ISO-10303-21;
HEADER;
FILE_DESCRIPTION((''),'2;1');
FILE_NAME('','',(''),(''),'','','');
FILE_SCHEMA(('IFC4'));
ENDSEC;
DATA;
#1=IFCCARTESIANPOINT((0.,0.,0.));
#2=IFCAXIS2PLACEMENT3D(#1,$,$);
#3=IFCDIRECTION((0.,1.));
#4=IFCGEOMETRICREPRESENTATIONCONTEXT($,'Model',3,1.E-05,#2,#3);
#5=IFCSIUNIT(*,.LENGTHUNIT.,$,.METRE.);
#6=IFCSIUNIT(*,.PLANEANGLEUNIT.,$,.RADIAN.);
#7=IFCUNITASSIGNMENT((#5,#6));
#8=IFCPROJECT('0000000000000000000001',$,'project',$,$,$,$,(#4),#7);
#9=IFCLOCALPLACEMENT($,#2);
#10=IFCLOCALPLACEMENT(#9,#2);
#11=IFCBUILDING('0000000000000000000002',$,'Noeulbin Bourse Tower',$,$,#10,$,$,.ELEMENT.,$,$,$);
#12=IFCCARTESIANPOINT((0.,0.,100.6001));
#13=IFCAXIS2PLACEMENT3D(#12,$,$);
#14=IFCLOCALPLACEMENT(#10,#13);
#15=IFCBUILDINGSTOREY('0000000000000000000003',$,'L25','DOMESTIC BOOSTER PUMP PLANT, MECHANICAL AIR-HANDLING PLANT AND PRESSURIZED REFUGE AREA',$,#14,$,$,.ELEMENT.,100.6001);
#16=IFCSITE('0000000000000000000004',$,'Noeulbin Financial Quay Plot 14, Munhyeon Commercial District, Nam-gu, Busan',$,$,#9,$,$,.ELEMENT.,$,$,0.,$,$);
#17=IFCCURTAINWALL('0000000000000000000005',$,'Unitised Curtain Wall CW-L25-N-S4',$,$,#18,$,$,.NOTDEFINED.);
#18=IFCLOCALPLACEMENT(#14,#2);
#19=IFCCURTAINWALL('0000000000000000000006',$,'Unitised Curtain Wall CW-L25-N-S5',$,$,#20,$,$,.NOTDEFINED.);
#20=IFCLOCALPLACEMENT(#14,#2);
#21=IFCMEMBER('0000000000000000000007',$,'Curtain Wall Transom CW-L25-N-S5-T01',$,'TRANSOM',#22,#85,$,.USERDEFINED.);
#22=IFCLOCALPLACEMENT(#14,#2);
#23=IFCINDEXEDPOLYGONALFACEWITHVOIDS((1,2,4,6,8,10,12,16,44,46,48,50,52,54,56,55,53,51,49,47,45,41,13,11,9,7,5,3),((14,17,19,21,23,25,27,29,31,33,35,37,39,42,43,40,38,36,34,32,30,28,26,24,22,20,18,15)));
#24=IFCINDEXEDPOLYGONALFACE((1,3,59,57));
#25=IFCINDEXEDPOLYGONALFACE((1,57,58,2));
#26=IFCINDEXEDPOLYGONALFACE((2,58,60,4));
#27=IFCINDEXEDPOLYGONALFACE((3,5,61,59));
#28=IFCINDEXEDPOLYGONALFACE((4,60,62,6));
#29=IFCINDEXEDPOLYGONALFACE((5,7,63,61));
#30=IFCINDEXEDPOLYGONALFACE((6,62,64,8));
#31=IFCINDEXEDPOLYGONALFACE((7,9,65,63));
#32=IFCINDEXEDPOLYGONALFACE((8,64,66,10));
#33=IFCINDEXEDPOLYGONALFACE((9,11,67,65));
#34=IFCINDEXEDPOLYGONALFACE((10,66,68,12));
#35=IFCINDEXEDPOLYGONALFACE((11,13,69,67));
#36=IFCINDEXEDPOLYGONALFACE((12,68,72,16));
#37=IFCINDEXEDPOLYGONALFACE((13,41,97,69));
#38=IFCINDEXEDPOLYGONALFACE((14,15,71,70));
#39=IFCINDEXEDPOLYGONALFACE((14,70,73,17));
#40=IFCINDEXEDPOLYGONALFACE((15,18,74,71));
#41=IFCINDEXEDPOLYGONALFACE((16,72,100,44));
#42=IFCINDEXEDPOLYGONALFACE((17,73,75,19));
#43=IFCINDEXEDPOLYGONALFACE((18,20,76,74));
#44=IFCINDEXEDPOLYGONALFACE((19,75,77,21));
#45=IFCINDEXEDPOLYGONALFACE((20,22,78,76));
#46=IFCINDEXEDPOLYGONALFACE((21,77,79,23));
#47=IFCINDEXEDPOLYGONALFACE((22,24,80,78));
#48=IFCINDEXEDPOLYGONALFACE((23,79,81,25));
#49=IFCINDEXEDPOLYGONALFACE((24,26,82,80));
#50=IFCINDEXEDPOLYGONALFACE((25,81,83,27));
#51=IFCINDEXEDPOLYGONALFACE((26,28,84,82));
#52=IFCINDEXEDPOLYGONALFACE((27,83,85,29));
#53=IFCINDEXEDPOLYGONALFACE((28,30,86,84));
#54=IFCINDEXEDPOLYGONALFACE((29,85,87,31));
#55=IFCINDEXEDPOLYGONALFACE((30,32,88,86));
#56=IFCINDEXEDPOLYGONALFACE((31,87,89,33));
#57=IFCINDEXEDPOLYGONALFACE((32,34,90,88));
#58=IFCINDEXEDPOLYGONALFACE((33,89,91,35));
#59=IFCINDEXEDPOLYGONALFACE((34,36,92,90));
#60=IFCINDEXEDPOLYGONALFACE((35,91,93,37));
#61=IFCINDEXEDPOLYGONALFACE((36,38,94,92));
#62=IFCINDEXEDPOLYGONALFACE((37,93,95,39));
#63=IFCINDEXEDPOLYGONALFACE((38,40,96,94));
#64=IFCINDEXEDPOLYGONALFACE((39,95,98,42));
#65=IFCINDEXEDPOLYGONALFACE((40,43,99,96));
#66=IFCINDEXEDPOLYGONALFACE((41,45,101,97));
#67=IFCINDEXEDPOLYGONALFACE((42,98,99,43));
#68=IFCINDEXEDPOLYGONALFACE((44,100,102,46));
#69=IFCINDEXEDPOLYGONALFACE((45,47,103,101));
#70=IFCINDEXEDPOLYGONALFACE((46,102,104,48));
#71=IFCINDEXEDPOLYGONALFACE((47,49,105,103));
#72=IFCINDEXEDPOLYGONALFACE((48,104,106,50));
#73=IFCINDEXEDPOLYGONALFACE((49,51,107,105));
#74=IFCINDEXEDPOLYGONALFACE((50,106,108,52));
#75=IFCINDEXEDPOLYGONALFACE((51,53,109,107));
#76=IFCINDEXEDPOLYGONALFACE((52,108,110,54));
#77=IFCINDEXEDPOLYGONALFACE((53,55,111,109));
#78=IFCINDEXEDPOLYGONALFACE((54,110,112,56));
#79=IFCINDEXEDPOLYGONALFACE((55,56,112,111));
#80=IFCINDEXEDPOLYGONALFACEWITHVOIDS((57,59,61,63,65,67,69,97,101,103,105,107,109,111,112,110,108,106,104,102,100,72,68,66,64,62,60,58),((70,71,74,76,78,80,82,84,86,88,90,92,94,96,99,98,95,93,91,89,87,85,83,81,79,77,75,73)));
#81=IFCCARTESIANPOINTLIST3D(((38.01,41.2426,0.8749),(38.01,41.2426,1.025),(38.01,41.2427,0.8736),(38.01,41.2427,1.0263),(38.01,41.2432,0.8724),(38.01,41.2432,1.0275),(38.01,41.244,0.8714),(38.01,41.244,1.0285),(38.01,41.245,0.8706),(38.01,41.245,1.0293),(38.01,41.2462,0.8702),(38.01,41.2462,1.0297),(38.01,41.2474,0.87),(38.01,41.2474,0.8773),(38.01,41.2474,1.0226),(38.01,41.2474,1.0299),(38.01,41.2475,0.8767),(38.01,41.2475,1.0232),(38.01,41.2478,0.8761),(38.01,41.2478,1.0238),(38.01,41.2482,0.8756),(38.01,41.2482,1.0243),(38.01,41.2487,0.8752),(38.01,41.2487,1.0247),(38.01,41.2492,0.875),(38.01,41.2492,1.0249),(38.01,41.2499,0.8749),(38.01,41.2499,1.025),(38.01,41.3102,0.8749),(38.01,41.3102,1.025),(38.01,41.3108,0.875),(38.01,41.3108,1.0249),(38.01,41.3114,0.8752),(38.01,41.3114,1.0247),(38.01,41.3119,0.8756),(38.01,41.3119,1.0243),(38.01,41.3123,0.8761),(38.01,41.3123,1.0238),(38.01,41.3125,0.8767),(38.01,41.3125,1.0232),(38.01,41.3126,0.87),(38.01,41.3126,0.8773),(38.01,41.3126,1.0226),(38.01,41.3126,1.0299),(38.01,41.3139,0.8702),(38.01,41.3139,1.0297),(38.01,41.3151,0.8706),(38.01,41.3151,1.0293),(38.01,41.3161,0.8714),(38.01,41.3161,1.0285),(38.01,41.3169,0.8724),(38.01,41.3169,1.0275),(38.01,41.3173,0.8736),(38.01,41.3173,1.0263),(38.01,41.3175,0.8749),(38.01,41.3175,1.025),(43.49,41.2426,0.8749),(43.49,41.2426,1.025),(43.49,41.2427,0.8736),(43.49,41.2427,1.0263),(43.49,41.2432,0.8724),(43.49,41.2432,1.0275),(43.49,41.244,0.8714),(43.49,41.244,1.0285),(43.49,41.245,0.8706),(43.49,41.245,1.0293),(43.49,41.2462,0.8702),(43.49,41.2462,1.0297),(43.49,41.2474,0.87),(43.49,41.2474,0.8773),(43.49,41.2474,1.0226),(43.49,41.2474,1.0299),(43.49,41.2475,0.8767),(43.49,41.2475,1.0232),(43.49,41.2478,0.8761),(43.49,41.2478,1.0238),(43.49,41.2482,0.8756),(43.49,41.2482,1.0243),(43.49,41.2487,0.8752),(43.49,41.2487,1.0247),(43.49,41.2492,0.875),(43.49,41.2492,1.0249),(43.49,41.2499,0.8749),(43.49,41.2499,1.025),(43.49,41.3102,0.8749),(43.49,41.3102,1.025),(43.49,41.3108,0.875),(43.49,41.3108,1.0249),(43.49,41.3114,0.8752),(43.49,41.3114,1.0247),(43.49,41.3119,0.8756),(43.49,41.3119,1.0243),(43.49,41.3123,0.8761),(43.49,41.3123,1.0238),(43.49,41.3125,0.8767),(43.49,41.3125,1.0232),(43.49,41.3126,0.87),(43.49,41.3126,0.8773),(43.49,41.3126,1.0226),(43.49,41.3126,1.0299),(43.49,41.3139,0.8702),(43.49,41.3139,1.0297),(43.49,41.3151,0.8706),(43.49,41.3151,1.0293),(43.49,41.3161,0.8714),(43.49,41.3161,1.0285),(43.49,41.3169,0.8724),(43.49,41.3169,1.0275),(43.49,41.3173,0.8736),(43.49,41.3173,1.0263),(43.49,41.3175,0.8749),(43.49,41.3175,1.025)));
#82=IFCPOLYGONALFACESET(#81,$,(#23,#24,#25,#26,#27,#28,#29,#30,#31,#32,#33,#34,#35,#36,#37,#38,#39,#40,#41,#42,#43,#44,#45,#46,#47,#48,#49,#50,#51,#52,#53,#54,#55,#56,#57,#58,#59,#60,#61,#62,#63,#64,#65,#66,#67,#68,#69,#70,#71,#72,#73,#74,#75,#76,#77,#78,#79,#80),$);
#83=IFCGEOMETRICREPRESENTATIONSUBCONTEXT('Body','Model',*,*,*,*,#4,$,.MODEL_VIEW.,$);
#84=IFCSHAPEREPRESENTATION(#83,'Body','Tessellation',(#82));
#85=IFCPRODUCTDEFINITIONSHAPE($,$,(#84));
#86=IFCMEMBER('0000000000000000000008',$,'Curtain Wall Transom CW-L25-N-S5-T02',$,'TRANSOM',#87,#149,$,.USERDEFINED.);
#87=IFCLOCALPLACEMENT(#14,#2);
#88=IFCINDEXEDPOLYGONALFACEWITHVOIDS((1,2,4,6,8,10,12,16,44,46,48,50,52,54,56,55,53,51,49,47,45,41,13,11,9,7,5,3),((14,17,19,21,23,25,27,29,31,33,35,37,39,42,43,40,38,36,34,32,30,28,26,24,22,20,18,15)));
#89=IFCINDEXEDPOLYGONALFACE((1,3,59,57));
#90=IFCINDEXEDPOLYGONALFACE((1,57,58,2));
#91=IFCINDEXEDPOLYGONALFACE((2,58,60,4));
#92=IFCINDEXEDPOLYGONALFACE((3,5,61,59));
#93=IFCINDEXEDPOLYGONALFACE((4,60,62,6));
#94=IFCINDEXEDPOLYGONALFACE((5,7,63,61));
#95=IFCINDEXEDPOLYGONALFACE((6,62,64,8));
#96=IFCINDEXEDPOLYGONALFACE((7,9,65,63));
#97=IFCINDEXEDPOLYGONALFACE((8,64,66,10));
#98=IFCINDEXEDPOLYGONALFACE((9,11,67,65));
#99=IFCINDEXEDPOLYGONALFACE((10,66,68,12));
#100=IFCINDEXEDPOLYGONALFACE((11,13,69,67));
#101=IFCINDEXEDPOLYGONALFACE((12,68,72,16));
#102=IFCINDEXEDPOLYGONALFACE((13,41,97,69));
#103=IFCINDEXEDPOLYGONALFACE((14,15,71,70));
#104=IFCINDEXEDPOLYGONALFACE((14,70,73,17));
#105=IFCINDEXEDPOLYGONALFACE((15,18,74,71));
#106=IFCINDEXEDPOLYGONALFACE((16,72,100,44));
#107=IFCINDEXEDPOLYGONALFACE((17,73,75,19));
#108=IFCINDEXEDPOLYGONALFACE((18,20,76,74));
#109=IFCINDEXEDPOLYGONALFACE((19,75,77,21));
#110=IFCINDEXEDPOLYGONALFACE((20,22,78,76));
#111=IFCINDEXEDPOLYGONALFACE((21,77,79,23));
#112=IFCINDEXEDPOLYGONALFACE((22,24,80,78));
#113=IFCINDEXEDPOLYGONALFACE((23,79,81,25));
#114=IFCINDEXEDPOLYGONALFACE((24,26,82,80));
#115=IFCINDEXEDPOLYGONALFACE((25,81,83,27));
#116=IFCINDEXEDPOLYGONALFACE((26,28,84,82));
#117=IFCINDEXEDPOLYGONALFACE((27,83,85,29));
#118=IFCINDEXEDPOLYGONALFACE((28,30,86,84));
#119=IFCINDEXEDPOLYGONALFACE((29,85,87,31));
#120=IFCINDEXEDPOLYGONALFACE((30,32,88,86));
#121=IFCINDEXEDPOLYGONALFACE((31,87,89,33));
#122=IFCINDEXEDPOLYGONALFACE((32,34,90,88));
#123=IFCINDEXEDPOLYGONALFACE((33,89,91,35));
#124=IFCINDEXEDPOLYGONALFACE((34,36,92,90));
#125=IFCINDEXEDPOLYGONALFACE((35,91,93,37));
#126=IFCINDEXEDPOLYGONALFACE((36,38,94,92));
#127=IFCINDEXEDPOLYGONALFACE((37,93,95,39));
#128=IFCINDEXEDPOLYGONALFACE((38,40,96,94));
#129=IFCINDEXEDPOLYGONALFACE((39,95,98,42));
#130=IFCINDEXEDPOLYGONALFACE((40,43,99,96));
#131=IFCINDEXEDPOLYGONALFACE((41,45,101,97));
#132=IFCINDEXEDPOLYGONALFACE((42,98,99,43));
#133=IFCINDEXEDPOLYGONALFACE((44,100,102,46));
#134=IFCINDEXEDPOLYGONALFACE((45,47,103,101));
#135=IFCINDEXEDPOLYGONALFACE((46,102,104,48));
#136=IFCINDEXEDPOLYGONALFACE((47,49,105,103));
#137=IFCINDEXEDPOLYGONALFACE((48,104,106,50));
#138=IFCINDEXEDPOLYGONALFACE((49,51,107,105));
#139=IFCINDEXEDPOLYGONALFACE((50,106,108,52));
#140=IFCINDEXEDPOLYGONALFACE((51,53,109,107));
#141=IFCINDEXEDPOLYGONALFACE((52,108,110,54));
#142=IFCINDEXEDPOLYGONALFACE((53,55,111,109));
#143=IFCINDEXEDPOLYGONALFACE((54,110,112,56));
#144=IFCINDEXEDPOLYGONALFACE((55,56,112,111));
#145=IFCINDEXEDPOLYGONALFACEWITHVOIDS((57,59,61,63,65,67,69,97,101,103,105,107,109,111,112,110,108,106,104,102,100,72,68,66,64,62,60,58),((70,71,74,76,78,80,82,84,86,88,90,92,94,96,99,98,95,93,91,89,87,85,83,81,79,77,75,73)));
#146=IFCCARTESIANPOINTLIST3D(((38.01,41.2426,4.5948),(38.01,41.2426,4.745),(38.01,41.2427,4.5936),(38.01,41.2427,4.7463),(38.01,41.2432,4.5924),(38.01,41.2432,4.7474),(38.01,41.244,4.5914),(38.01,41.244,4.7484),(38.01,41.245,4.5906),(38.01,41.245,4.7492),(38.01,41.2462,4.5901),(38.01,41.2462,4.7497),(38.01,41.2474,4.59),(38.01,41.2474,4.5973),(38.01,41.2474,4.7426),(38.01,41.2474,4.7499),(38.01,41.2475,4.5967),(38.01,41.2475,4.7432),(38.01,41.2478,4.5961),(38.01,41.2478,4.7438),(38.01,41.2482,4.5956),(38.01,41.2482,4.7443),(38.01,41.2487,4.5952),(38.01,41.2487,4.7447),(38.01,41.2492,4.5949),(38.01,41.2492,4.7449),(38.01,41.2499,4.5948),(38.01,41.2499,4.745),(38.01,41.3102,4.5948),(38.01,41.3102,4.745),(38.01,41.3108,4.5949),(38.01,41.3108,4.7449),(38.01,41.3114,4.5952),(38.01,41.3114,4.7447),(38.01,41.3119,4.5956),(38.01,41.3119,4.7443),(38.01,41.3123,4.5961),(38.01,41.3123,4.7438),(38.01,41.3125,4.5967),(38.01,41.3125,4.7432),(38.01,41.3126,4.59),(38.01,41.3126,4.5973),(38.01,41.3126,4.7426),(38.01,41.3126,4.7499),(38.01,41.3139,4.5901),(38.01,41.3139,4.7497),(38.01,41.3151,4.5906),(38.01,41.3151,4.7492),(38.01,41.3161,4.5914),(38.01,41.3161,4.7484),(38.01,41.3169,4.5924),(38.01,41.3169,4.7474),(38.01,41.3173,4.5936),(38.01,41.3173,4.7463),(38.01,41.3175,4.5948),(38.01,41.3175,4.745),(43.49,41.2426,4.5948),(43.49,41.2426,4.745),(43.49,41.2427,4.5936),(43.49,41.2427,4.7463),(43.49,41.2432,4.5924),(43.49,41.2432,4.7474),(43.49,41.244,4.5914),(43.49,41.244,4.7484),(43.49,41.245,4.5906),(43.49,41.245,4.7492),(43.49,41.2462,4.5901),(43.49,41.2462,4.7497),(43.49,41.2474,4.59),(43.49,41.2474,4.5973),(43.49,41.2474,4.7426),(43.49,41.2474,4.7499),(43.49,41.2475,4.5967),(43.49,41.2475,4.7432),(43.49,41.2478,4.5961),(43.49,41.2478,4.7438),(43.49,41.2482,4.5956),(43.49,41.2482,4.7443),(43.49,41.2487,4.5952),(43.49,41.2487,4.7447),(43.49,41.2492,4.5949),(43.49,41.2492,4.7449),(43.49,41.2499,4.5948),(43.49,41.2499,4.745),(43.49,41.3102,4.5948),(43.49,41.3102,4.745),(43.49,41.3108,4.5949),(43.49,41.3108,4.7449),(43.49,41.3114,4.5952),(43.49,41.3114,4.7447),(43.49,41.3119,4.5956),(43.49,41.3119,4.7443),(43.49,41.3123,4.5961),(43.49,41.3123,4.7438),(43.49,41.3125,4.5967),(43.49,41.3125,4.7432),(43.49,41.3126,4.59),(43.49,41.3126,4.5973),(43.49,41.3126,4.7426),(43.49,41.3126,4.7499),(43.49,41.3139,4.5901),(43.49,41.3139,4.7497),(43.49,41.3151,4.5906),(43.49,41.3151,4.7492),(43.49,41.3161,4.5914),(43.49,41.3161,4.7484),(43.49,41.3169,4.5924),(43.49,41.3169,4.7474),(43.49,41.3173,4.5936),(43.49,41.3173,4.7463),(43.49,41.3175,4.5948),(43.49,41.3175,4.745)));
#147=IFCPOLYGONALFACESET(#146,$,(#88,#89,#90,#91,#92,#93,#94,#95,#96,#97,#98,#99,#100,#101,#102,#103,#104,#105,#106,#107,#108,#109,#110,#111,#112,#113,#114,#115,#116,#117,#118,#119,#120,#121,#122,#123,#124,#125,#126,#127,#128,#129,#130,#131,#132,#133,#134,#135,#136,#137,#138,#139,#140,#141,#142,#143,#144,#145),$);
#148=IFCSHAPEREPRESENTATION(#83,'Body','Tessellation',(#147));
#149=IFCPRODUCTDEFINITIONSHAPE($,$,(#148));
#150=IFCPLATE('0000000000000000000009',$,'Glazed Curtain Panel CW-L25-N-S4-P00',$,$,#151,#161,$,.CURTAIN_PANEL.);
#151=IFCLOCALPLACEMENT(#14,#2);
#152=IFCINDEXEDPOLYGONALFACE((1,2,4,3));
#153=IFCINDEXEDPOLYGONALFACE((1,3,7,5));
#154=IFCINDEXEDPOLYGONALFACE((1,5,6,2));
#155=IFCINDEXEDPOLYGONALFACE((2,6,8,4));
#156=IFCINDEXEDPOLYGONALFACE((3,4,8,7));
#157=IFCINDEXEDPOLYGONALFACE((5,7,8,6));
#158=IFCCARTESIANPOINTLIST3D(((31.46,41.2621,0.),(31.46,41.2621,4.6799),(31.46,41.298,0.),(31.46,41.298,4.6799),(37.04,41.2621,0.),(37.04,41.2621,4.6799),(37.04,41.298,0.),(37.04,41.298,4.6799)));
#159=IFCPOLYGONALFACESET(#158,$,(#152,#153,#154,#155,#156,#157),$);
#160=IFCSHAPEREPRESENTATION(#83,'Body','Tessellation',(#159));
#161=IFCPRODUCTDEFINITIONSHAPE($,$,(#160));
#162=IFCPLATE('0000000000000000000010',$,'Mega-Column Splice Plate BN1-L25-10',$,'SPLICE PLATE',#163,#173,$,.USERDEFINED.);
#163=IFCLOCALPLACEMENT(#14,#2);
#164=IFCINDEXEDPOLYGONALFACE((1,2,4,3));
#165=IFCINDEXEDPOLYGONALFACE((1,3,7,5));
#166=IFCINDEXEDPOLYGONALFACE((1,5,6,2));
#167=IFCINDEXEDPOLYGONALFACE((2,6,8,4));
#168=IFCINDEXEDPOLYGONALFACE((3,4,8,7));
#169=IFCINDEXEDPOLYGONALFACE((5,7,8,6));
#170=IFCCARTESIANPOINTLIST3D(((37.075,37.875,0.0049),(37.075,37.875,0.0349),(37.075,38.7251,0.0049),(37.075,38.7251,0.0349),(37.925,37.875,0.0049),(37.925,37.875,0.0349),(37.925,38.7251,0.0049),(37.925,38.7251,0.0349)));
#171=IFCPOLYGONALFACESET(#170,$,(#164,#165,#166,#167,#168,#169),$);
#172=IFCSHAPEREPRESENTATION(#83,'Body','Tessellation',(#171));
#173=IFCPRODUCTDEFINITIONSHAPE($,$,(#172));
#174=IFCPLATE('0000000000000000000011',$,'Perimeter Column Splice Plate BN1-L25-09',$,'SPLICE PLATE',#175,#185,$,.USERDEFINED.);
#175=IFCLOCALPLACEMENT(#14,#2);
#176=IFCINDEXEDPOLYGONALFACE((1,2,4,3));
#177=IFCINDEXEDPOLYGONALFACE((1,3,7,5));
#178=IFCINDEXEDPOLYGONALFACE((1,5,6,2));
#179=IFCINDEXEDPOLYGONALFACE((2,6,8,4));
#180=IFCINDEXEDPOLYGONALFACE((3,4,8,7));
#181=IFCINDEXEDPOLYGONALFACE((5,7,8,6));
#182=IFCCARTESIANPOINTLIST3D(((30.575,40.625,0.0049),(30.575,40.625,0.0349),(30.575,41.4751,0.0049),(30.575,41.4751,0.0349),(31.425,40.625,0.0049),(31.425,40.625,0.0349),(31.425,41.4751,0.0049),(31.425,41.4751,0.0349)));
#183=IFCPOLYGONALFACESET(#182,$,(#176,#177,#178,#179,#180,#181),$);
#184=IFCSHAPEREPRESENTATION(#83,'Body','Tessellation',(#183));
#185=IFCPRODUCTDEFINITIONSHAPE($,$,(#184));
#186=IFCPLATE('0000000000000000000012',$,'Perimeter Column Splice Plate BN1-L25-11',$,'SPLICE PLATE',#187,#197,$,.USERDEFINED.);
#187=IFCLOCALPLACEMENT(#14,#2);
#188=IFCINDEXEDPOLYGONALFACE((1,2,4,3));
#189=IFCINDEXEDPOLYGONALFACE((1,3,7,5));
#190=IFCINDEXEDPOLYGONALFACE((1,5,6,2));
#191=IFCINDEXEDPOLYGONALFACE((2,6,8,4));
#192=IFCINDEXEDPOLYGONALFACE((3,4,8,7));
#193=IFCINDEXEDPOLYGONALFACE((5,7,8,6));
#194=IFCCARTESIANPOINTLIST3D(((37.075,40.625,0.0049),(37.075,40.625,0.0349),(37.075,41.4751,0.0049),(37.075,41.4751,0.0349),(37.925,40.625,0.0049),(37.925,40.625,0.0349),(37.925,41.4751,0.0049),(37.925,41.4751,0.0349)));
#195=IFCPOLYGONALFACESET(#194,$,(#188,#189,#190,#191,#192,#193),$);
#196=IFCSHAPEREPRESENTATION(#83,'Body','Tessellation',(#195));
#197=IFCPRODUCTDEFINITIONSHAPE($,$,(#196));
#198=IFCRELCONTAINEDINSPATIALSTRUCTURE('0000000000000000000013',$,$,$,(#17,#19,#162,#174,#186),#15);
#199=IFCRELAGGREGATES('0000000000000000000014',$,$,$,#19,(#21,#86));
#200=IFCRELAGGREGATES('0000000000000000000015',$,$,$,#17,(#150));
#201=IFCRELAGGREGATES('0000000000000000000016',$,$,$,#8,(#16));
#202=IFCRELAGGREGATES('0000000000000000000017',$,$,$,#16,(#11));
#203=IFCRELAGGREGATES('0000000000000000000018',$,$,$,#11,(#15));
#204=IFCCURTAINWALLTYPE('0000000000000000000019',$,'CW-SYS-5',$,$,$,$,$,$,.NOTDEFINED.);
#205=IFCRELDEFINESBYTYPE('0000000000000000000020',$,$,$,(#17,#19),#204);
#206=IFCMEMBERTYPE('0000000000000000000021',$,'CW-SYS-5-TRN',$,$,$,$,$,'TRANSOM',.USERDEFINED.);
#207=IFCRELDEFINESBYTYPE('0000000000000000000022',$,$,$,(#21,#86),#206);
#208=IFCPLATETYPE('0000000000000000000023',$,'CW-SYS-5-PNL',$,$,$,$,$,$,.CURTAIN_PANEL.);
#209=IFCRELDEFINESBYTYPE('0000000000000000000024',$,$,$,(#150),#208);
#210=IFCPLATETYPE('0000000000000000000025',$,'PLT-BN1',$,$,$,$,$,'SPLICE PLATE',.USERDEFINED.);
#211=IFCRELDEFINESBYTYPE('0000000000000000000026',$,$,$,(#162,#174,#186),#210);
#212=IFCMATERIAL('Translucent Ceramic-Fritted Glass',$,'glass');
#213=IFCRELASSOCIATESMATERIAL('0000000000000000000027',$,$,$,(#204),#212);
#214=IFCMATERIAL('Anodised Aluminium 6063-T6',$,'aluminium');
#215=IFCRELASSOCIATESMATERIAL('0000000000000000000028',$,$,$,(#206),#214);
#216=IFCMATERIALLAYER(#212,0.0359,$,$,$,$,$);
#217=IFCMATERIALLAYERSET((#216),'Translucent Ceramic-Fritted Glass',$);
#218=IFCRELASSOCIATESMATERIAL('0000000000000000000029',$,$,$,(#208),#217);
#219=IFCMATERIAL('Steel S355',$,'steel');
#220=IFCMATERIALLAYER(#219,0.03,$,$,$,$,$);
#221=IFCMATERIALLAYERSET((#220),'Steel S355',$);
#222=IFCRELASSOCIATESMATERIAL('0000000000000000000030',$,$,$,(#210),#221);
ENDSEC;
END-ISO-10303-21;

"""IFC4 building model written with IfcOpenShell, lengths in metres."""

from ifc_helpers import new_model, si_unit, direction, frame, origin, origin_2d, place, context, subcontext, project, spatial, rectangle, hollow_rectangle, extrude, material, layer, layer_set, material_profile, profile_set, type_object, element, aggregate, save


model = new_model("IFC4")

# Units and contexts
model_context = context("Model", 3, precision=1e-05, world=origin(), true_north=direction((0.0, 1.0)))
body_context = subcontext(model_context, "Body", "Model", "MODEL_VIEW")
ifc_project = project(units=[si_unit("LENGTHUNIT", "METRE"), si_unit("PLANEANGLEUNIT", "RADIAN")], contexts=[model_context])

# Site, building, storey
site_placement = place(None, origin())
site = spatial("IfcSite", under=ifc_project, at=site_placement, Name="Noeulbin Financial Quay Plot 14, Munhyeon Commercial District, Nam-gu, Busan", CompositionType="ELEMENT", RefElevation=0.0)
building_placement = place(site_placement, origin())
building = spatial("IfcBuilding", under=site, at=building_placement, Name="Noeulbin Bourse Tower", CompositionType="ELEMENT")
storey_placement = place(building_placement, frame((0.0, 0.0, 100.6001)))
storey = spatial("IfcBuildingStorey", under=building, at=storey_placement, Name="L25", Description="DOMESTIC BOOSTER PUMP PLANT, MECHANICAL AIR-HANDLING PLANT AND PRESSURIZED REFUGE AREA", CompositionType="ELEMENT", Elevation=100.6001)

# Shared definitions
ifc_material_1 = material(Name="Steel S355", Category="steel")

# Shared definitions
ifc_material_2 = material(Name="Translucent Ceramic-Fritted Glass", Category="glass")
curtain_wall_type = type_object("IfcCurtainWallType", Name="CW-SYS-5", PredefinedType="NOTDEFINED", material=ifc_material_2)
ifc_material_3 = material(Name="Anodised Aluminium 6063-T6", Category="aluminium")

# Curtain wall
curtain_wall_1_placement = place(storey_placement, origin())
curtain_wall_1 = element("IfcCurtainWall", 1, at=curtain_wall_1_placement, inside=storey, type_object=curtain_wall_type, Name="Unitised Curtain Wall CW-L25-N-S4", PredefinedType="NOTDEFINED")

# Curtain wall
curtain_wall_2_placement = place(storey_placement, origin())
curtain_wall_2 = element("IfcCurtainWall", 2, at=curtain_wall_2_placement, inside=storey, type_object=curtain_wall_type, Name="Unitised Curtain Wall CW-L25-N-S5", PredefinedType="NOTDEFINED")

# Members
ifc_material_profile_1 = material_profile(ifc_material_3, hollow_rectangle(XDim=0.075, YDim=0.1599, WallThickness=0.0049, InnerFilletRadius=0.0024, OuterFilletRadius=0.0049, at=origin_2d()), Name="ALU-TRAN-75x160x5", Category="LoadBearing")
ifc_profile_set_1 = profile_set([ifc_material_profile_1], Name="Anodised Aluminium 6063-T6")
member_type_1 = type_object("IfcMemberType", Name="CW-SYS-5-TRN", ElementType="TRANSOM", PredefinedType="USERDEFINED", material=ifc_profile_set_1)
member_1_placement = place(storey_placement, frame((38.01, 41.28, 0.95), z_axis=(1.0, 0.0, 0.0), x_axis=(0.0, 1.0, 0.0)))
member_1 = element("IfcMember", 3, at=member_1_placement, type_object=member_type_1, Name="Curtain Wall Transom CW-L25-N-S5-T01", ObjectType="TRANSOM", PredefinedType="USERDEFINED", context=body_context, shape_type="SweptSolid", body=[
    extrude(hollow_rectangle(XDim=0.075, YDim=0.1599, WallThickness=0.0049, InnerFilletRadius=0.0024, OuterFilletRadius=0.0049, at=origin_2d()), origin(), (0.0, 0.0, 1.0), 5.48),
])
member_2_placement = place(storey_placement, frame((38.01, 41.28, 4.6699), z_axis=(1.0, 0.0, 0.0), x_axis=(0.0, 1.0, 0.0)))
member_2 = element("IfcMember", 4, at=member_2_placement, type_object=member_type_1, Name="Curtain Wall Transom CW-L25-N-S5-T02", ObjectType="TRANSOM", PredefinedType="USERDEFINED", context=body_context, shape_type="SweptSolid", body=[
    extrude(hollow_rectangle(XDim=0.075, YDim=0.1599, WallThickness=0.0049, InnerFilletRadius=0.0024, OuterFilletRadius=0.0049, at=origin_2d()), origin(), (0.0, 0.0, 1.0), 5.48),
])
aggregate(curtain_wall_2, [member_1, member_2])

# Plate
ifc_layer_1 = layer(ifc_material_2, 0.0359)
ifc_layer_set_1 = layer_set([ifc_layer_1], Name="Translucent Ceramic-Fritted Glass")
plate_type_1 = type_object("IfcPlateType", Name="CW-SYS-5-PNL", PredefinedType="CURTAIN_PANEL", material=ifc_layer_set_1)
plate_placement = place(storey_placement, frame((34.25, 41.28, 0.0), z_axis=(0.0, 0.0, 1.0), x_axis=(1.0, 0.0, 0.0)))
plate = element("IfcPlate", 5, at=plate_placement, type_object=plate_type_1, Name="Glazed Curtain Panel CW-L25-N-S4-P00", PredefinedType="CURTAIN_PANEL", context=body_context, shape_type="SweptSolid", body=[
    extrude(rectangle(XDim=5.5801, YDim=0.0359, at=origin_2d()), origin(), (0.0, 0.0, 1.0), 4.6799),
])
aggregate(curtain_wall_1, [plate])

# Plates
ifc_layer_2 = layer(ifc_material_1, 0.03)
ifc_layer_set_2 = layer_set([ifc_layer_2], Name="Steel S355")
plate_type_2 = type_object("IfcPlateType", Name="PLT-BN1", ElementType="SPLICE PLATE", PredefinedType="USERDEFINED", material=ifc_layer_set_2)
for number, where, z_axis, x_axis, name in (
    (6, (37.5, 38.3, 0.0049), (0.0, 0.0, 1.0), (1.0, 0.0, 0.0), "Mega-Column Splice Plate BN1-L25-10"),
    (7, (31.0, 41.05, 0.0049), (0.0, 0.0, 1.0), (1.0, 0.0, 0.0), "Perimeter Column Splice Plate BN1-L25-09"),
    (8, (37.5, 41.05, 0.0049), (0.0, 0.0, 1.0), (1.0, 0.0, 0.0), "Perimeter Column Splice Plate BN1-L25-11"),
):
    element("IfcPlate", number, at=place(storey_placement, frame(where, z_axis=z_axis, x_axis=x_axis)), inside=storey, type_object=plate_type_2, Name=name, ObjectType="SPLICE PLATE", PredefinedType="USERDEFINED", context=body_context, shape_type="SweptSolid", body=[
        extrude(rectangle(XDim=0.8501, YDim=0.8501, at=origin_2d()), origin(), (0.0, 0.0, 1.0), 0.03),
    ])

save(model, "model.ifc")
